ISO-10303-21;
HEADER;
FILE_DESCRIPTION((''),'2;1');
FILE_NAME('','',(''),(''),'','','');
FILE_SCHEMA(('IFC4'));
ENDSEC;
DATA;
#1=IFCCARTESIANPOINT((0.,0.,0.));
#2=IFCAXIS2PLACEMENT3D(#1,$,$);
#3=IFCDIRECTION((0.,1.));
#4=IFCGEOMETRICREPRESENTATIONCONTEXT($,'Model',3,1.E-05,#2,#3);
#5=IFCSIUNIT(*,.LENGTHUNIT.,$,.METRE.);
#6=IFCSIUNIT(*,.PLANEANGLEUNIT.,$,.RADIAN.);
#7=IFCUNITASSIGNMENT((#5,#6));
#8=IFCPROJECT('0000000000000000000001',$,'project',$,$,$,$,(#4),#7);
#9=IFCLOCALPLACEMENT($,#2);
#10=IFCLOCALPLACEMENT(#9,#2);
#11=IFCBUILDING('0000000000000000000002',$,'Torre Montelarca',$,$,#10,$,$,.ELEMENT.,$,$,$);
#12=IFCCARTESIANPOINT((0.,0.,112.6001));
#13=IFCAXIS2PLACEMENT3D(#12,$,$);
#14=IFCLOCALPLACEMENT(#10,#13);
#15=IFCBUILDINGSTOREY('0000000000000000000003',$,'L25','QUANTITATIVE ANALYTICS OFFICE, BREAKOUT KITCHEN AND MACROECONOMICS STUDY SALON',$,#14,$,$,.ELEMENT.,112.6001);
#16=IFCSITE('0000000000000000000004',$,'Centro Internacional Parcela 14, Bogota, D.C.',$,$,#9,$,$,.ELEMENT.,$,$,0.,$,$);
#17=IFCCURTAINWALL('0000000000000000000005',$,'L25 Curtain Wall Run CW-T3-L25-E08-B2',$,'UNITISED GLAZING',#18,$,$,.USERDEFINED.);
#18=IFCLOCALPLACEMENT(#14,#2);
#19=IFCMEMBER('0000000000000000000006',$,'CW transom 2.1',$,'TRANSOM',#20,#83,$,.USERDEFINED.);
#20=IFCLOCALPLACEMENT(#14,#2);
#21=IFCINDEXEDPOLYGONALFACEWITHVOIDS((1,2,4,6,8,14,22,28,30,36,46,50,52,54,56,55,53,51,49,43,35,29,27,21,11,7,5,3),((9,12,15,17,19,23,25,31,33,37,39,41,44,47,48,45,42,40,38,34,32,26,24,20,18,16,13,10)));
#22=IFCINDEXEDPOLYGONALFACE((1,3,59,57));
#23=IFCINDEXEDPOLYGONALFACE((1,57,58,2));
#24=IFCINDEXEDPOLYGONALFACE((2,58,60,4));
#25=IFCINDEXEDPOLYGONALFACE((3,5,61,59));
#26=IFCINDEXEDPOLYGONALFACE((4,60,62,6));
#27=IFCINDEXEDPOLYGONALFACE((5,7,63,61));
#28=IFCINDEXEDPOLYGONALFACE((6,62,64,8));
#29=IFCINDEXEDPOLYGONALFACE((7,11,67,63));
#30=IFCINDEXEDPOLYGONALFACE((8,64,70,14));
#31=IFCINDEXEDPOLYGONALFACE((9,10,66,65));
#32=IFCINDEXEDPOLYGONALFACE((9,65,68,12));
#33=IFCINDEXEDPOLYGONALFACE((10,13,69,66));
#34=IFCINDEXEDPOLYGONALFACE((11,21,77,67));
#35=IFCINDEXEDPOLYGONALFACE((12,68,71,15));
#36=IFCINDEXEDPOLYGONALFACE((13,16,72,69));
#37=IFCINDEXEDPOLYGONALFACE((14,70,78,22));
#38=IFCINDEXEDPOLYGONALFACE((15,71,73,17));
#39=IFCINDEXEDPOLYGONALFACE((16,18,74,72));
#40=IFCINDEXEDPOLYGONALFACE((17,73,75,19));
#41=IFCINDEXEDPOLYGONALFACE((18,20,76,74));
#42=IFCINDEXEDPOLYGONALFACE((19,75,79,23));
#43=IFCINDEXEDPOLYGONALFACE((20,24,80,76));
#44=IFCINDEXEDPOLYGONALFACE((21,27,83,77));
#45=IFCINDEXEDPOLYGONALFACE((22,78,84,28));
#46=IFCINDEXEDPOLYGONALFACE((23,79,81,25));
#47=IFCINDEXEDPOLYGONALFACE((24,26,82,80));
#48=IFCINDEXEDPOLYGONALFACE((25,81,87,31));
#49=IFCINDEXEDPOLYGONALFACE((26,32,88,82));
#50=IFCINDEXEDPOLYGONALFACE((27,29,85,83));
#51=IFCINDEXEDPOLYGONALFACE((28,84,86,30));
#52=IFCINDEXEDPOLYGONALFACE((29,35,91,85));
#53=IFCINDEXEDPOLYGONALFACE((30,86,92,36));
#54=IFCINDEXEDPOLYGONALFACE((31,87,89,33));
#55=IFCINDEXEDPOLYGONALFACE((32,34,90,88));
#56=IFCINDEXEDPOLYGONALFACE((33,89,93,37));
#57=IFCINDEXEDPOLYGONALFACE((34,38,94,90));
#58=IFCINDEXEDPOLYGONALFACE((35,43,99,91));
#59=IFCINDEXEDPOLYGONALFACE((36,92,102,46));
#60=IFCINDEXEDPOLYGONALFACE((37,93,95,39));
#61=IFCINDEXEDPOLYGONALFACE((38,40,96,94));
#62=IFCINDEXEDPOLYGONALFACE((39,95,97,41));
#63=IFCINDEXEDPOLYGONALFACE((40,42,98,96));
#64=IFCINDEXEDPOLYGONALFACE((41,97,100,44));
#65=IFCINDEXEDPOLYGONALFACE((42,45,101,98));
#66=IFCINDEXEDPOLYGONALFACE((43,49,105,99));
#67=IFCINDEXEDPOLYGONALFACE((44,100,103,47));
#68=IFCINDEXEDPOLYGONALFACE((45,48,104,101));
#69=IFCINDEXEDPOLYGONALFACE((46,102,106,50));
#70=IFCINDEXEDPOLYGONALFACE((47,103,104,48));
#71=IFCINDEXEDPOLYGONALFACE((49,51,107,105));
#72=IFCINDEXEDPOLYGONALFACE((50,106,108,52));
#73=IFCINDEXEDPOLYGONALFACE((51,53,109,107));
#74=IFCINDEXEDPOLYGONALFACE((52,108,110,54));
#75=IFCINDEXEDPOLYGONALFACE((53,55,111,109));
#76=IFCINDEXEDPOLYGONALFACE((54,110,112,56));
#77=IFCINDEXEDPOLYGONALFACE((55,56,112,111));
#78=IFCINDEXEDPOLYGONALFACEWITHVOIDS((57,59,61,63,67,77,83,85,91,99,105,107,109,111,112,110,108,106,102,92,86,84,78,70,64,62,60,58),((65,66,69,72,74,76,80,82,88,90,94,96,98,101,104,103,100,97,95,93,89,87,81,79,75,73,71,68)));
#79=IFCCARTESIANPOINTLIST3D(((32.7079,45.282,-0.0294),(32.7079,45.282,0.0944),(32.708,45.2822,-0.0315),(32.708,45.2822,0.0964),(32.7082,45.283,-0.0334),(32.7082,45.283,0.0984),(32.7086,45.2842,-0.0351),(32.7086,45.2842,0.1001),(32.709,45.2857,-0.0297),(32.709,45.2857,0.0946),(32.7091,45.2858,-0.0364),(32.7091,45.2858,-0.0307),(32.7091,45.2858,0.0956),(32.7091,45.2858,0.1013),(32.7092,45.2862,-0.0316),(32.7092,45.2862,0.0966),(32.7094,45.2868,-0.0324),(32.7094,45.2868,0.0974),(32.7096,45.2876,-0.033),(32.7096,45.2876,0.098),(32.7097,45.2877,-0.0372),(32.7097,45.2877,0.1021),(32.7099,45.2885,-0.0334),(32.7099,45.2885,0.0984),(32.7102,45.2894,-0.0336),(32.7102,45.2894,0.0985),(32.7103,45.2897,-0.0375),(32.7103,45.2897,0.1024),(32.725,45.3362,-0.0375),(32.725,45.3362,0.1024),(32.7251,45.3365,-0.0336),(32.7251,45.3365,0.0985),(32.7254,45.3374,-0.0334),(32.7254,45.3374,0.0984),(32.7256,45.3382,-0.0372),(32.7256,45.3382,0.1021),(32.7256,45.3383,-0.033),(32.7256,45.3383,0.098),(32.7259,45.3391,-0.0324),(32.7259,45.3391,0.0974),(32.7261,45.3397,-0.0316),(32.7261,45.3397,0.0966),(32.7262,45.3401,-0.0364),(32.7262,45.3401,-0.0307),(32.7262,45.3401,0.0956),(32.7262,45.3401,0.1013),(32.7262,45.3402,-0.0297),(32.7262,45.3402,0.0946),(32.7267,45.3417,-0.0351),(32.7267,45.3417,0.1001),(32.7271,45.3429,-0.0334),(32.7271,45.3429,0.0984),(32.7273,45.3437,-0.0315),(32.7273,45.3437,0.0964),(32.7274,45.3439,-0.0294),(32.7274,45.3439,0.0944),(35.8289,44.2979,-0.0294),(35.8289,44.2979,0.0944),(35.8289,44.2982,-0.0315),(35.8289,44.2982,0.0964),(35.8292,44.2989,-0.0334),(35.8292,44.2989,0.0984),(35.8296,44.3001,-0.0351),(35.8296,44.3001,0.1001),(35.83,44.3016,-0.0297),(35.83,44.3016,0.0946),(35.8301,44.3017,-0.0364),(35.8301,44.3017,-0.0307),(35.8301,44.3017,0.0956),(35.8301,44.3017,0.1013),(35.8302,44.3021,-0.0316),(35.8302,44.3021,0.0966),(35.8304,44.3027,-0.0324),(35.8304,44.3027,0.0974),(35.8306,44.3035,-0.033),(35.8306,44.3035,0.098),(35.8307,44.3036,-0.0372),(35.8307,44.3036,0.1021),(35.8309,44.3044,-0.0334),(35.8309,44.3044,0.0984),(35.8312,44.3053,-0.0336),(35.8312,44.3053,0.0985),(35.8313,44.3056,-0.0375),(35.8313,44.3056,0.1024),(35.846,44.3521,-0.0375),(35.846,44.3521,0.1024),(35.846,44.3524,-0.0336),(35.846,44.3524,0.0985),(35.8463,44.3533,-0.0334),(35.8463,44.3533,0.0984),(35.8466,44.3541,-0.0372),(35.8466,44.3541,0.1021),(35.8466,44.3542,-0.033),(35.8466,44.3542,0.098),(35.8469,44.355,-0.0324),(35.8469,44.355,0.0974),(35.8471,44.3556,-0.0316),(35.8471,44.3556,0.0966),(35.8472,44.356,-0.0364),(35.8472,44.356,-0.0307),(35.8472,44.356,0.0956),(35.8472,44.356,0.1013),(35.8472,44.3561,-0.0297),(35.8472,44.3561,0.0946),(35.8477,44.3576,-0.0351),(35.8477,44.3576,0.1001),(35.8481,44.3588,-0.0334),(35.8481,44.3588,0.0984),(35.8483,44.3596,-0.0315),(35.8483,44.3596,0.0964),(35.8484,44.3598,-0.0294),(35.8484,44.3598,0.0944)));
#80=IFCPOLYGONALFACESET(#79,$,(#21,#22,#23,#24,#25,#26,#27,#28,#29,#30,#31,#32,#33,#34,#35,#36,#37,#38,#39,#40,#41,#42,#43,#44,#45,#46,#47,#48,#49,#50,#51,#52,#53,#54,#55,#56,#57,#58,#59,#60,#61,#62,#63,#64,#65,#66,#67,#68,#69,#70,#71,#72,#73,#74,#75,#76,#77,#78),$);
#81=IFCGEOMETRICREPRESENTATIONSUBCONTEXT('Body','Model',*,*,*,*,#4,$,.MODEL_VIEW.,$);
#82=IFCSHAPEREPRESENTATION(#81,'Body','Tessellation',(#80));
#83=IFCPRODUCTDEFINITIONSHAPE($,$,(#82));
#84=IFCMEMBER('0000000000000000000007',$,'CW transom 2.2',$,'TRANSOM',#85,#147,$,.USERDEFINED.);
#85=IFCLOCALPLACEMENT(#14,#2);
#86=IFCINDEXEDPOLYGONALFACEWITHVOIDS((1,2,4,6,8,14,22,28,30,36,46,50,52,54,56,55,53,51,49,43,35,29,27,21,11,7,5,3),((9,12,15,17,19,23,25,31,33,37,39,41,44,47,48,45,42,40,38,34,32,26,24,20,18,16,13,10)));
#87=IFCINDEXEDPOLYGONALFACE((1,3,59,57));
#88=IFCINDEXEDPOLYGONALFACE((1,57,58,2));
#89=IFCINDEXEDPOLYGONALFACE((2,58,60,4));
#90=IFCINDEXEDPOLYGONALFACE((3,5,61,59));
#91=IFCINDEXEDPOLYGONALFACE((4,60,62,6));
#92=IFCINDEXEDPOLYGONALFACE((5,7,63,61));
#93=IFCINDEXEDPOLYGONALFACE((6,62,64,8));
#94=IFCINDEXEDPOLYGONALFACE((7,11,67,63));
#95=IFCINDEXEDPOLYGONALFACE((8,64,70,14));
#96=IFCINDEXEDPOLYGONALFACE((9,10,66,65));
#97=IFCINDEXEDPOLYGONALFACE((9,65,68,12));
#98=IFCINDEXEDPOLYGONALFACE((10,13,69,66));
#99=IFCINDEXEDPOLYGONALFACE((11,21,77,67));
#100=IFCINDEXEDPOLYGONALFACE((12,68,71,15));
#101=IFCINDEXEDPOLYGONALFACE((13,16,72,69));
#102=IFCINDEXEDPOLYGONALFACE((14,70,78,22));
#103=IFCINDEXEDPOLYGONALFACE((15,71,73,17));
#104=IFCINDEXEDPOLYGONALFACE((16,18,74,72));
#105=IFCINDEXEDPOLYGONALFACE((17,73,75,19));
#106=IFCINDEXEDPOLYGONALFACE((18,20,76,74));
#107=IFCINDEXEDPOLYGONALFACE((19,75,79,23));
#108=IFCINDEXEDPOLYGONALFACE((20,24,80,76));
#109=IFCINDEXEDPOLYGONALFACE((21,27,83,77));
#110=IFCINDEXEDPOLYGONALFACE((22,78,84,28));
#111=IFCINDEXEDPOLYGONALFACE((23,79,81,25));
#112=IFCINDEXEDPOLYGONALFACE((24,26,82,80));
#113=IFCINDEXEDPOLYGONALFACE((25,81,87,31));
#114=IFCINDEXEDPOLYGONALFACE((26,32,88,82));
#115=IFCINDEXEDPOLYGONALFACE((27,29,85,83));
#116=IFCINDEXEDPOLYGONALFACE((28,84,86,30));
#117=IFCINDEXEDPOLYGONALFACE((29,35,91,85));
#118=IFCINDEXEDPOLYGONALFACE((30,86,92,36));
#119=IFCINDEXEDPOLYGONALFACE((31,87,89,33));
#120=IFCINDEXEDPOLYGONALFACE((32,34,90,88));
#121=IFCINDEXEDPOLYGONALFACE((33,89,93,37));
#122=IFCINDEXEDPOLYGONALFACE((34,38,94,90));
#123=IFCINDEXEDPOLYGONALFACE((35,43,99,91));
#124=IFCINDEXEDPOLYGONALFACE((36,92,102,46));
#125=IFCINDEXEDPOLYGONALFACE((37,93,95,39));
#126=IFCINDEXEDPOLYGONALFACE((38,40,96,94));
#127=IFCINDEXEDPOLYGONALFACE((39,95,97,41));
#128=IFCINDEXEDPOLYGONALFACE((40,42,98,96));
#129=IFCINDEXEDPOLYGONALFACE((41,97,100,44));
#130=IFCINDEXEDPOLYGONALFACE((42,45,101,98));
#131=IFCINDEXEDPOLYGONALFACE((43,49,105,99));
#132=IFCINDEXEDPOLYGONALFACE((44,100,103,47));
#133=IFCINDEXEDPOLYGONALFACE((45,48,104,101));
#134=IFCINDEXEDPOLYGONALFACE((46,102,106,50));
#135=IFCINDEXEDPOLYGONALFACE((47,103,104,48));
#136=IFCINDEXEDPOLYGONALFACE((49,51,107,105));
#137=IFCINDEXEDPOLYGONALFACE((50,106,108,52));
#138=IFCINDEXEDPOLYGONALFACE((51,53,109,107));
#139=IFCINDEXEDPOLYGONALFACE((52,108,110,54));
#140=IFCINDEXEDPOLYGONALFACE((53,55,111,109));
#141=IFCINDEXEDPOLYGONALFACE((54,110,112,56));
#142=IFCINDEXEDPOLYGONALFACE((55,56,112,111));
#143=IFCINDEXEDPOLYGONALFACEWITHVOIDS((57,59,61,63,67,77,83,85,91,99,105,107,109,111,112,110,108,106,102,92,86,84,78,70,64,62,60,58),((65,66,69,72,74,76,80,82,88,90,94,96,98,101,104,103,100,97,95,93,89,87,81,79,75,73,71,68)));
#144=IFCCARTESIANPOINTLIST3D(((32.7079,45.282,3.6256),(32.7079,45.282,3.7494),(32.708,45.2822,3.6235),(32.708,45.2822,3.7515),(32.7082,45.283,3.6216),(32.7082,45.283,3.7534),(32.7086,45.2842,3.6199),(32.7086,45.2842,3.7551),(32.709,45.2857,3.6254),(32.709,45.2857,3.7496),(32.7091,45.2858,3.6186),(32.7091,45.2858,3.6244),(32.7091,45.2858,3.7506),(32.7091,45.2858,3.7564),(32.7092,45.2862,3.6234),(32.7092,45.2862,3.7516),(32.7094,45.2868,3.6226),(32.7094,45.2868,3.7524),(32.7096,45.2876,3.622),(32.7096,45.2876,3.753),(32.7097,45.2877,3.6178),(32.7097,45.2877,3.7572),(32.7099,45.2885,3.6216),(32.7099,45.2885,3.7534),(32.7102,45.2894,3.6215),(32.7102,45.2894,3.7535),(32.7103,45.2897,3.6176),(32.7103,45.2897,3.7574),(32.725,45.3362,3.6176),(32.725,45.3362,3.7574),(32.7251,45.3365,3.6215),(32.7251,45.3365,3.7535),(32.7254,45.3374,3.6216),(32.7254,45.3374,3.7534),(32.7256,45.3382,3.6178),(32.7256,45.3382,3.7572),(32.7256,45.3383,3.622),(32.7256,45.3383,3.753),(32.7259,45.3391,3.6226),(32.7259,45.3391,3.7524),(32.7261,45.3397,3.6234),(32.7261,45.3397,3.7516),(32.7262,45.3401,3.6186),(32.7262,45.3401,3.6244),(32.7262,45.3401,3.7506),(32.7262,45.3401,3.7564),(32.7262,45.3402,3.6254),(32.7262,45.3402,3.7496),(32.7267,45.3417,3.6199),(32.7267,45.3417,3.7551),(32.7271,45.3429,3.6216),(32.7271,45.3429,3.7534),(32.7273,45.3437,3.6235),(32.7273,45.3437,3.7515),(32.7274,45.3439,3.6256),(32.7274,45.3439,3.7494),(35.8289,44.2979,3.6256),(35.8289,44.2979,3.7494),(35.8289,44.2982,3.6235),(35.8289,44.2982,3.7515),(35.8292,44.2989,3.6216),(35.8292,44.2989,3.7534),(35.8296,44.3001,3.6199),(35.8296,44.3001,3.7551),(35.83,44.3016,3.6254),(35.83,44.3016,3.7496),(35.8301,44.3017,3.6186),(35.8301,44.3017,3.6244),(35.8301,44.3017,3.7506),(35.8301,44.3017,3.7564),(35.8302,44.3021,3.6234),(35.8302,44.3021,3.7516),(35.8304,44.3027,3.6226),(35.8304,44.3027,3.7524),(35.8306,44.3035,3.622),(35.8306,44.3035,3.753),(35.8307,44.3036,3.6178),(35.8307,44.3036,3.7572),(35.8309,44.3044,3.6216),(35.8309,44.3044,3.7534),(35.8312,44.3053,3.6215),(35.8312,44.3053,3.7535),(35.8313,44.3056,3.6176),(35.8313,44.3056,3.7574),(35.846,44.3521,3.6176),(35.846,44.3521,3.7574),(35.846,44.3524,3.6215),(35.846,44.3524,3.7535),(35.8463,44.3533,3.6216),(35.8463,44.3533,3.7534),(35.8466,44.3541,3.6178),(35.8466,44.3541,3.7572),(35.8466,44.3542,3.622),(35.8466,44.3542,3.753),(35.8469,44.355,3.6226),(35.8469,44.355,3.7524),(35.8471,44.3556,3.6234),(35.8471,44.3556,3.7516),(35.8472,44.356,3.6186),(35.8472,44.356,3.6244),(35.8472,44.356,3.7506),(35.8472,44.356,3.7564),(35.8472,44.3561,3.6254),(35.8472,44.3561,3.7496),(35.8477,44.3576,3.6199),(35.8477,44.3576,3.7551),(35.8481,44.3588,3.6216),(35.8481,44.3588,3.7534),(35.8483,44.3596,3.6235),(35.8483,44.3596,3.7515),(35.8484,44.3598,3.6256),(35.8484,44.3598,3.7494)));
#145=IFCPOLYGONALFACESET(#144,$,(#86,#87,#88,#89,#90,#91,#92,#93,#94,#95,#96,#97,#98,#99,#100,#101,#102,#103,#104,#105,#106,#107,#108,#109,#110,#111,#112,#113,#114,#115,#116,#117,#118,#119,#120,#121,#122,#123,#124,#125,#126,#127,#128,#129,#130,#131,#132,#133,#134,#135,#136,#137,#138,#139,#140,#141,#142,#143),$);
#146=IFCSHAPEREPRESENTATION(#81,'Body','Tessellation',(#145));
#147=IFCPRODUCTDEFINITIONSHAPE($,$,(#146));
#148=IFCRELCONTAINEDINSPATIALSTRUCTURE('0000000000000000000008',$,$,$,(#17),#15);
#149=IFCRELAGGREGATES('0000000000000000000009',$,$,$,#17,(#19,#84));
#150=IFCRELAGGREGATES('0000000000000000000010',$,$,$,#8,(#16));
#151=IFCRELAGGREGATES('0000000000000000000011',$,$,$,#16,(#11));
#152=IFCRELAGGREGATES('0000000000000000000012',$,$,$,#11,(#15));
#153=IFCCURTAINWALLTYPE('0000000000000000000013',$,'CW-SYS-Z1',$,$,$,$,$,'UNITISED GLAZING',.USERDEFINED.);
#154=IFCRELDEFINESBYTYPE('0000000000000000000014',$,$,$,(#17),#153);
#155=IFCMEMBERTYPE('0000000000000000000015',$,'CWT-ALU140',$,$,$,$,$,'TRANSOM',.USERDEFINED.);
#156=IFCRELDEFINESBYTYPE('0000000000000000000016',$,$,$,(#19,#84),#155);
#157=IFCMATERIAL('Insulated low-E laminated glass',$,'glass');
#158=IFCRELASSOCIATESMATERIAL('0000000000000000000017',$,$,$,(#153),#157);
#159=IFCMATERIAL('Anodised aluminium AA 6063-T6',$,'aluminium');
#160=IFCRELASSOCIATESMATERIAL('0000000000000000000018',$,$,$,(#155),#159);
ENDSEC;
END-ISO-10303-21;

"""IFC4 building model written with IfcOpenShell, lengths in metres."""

from ifc_helpers import new_model, si_unit, direction, frame, origin, origin_2d, place, context, subcontext, project, spatial, hollow_rectangle, extrude, source, transform, mapped, material, material_profile, profile_set, type_object, element, aggregate, save


model = new_model("IFC4")

# Units and contexts
model_context = context("Model", 3, precision=1e-05, world=origin(), true_north=direction((0.0, 1.0)))
body_context = subcontext(model_context, "Body", "Model", "MODEL_VIEW")
ifc_project = project(units=[si_unit("LENGTHUNIT", "METRE"), si_unit("PLANEANGLEUNIT", "RADIAN")], contexts=[model_context])

# Site, building, storey
site_placement = place(None, origin())
site = spatial("IfcSite", under=ifc_project, at=site_placement, Name="Centro Internacional Parcela 14, Bogota, D.C.", CompositionType="ELEMENT", RefElevation=0.0)
building_placement = place(site_placement, origin())
building = spatial("IfcBuilding", under=site, at=building_placement, Name="Torre Montelarca", CompositionType="ELEMENT")
storey_placement = place(building_placement, frame((0.0, 0.0, 112.6001)))
storey = spatial("IfcBuildingStorey", under=building, at=storey_placement, Name="L25", Description="QUANTITATIVE ANALYTICS OFFICE, BREAKOUT KITCHEN AND MACROECONOMICS STUDY SALON", CompositionType="ELEMENT", Elevation=112.6001)

# Curtain wall, members
ifc_material_1 = material(Name="Insulated low-E laminated glass", Category="glass")
curtain_wall_type = type_object("IfcCurtainWallType", Name="CW-SYS-Z1", ElementType="UNITISED GLAZING", PredefinedType="USERDEFINED", material=ifc_material_1)
curtain_wall_placement = place(storey_placement, origin())
curtain_wall = element("IfcCurtainWall", 1, at=curtain_wall_placement, inside=storey, type_object=curtain_wall_type, Name="L25 Curtain Wall Run CW-T3-L25-E08-B2", ObjectType="UNITISED GLAZING", PredefinedType="USERDEFINED")
ifc_material_2 = material(Name="Anodised aluminium AA 6063-T6", Category="aluminium")
ifc_material_profile_1 = material_profile(ifc_material_2, hollow_rectangle(XDim=0.0649, YDim=0.1399, WallThickness=0.0039, InnerFilletRadius=0.0039, OuterFilletRadius=0.0081, at=origin_2d()), Name="ALU65X140X4", Category="aluminium")
ifc_profile_set_1 = profile_set([ifc_material_profile_1], Name="Anodised aluminium AA 6063-T6")
member_type_1 = type_object("IfcMemberType", Name="CWT-ALU140", ElementType="TRANSOM", PredefinedType="USERDEFINED", material=ifc_profile_set_1)
shared_shape_1 = source(origin(), body_context, "Body", "SweptSolid", [
    extrude(hollow_rectangle(XDim=0.0649, YDim=0.1399, WallThickness=0.0039, InnerFilletRadius=0.0039, OuterFilletRadius=0.0081, at=origin_2d()), origin(), (0.0, 0.0, 1.0), 3.2725),
])
member_1_placement = place(storey_placement, frame((35.8386, 44.3289, 0.0325), z_axis=(-0.953712, 0.300721, 0.0), x_axis=(-0.300721, -0.953712, 0.0)))
member_1 = element("IfcMember", 2, at=member_1_placement, type_object=member_type_1, Name="CW transom 2.1", ObjectType="TRANSOM", PredefinedType="USERDEFINED", context=body_context, shape_type="MappedRepresentation", body=[
    mapped(shared_shape_1, transform((0.0, 0.0, 0.0), scale=1.0)),
])
member_2_placement = place(storey_placement, frame((35.8386, 44.3289, 3.6875), z_axis=(-0.953712, 0.300721, 0.0), x_axis=(-0.300721, -0.953712, 0.0)))
member_2 = element("IfcMember", 3, at=member_2_placement, type_object=member_type_1, Name="CW transom 2.2", ObjectType="TRANSOM", PredefinedType="USERDEFINED", context=body_context, shape_type="MappedRepresentation", body=[
    mapped(shared_shape_1, transform((0.0, 0.0, 0.0), scale=1.0)),
])
aggregate(curtain_wall, [member_1, member_2])

save(model, "model.ifc")
